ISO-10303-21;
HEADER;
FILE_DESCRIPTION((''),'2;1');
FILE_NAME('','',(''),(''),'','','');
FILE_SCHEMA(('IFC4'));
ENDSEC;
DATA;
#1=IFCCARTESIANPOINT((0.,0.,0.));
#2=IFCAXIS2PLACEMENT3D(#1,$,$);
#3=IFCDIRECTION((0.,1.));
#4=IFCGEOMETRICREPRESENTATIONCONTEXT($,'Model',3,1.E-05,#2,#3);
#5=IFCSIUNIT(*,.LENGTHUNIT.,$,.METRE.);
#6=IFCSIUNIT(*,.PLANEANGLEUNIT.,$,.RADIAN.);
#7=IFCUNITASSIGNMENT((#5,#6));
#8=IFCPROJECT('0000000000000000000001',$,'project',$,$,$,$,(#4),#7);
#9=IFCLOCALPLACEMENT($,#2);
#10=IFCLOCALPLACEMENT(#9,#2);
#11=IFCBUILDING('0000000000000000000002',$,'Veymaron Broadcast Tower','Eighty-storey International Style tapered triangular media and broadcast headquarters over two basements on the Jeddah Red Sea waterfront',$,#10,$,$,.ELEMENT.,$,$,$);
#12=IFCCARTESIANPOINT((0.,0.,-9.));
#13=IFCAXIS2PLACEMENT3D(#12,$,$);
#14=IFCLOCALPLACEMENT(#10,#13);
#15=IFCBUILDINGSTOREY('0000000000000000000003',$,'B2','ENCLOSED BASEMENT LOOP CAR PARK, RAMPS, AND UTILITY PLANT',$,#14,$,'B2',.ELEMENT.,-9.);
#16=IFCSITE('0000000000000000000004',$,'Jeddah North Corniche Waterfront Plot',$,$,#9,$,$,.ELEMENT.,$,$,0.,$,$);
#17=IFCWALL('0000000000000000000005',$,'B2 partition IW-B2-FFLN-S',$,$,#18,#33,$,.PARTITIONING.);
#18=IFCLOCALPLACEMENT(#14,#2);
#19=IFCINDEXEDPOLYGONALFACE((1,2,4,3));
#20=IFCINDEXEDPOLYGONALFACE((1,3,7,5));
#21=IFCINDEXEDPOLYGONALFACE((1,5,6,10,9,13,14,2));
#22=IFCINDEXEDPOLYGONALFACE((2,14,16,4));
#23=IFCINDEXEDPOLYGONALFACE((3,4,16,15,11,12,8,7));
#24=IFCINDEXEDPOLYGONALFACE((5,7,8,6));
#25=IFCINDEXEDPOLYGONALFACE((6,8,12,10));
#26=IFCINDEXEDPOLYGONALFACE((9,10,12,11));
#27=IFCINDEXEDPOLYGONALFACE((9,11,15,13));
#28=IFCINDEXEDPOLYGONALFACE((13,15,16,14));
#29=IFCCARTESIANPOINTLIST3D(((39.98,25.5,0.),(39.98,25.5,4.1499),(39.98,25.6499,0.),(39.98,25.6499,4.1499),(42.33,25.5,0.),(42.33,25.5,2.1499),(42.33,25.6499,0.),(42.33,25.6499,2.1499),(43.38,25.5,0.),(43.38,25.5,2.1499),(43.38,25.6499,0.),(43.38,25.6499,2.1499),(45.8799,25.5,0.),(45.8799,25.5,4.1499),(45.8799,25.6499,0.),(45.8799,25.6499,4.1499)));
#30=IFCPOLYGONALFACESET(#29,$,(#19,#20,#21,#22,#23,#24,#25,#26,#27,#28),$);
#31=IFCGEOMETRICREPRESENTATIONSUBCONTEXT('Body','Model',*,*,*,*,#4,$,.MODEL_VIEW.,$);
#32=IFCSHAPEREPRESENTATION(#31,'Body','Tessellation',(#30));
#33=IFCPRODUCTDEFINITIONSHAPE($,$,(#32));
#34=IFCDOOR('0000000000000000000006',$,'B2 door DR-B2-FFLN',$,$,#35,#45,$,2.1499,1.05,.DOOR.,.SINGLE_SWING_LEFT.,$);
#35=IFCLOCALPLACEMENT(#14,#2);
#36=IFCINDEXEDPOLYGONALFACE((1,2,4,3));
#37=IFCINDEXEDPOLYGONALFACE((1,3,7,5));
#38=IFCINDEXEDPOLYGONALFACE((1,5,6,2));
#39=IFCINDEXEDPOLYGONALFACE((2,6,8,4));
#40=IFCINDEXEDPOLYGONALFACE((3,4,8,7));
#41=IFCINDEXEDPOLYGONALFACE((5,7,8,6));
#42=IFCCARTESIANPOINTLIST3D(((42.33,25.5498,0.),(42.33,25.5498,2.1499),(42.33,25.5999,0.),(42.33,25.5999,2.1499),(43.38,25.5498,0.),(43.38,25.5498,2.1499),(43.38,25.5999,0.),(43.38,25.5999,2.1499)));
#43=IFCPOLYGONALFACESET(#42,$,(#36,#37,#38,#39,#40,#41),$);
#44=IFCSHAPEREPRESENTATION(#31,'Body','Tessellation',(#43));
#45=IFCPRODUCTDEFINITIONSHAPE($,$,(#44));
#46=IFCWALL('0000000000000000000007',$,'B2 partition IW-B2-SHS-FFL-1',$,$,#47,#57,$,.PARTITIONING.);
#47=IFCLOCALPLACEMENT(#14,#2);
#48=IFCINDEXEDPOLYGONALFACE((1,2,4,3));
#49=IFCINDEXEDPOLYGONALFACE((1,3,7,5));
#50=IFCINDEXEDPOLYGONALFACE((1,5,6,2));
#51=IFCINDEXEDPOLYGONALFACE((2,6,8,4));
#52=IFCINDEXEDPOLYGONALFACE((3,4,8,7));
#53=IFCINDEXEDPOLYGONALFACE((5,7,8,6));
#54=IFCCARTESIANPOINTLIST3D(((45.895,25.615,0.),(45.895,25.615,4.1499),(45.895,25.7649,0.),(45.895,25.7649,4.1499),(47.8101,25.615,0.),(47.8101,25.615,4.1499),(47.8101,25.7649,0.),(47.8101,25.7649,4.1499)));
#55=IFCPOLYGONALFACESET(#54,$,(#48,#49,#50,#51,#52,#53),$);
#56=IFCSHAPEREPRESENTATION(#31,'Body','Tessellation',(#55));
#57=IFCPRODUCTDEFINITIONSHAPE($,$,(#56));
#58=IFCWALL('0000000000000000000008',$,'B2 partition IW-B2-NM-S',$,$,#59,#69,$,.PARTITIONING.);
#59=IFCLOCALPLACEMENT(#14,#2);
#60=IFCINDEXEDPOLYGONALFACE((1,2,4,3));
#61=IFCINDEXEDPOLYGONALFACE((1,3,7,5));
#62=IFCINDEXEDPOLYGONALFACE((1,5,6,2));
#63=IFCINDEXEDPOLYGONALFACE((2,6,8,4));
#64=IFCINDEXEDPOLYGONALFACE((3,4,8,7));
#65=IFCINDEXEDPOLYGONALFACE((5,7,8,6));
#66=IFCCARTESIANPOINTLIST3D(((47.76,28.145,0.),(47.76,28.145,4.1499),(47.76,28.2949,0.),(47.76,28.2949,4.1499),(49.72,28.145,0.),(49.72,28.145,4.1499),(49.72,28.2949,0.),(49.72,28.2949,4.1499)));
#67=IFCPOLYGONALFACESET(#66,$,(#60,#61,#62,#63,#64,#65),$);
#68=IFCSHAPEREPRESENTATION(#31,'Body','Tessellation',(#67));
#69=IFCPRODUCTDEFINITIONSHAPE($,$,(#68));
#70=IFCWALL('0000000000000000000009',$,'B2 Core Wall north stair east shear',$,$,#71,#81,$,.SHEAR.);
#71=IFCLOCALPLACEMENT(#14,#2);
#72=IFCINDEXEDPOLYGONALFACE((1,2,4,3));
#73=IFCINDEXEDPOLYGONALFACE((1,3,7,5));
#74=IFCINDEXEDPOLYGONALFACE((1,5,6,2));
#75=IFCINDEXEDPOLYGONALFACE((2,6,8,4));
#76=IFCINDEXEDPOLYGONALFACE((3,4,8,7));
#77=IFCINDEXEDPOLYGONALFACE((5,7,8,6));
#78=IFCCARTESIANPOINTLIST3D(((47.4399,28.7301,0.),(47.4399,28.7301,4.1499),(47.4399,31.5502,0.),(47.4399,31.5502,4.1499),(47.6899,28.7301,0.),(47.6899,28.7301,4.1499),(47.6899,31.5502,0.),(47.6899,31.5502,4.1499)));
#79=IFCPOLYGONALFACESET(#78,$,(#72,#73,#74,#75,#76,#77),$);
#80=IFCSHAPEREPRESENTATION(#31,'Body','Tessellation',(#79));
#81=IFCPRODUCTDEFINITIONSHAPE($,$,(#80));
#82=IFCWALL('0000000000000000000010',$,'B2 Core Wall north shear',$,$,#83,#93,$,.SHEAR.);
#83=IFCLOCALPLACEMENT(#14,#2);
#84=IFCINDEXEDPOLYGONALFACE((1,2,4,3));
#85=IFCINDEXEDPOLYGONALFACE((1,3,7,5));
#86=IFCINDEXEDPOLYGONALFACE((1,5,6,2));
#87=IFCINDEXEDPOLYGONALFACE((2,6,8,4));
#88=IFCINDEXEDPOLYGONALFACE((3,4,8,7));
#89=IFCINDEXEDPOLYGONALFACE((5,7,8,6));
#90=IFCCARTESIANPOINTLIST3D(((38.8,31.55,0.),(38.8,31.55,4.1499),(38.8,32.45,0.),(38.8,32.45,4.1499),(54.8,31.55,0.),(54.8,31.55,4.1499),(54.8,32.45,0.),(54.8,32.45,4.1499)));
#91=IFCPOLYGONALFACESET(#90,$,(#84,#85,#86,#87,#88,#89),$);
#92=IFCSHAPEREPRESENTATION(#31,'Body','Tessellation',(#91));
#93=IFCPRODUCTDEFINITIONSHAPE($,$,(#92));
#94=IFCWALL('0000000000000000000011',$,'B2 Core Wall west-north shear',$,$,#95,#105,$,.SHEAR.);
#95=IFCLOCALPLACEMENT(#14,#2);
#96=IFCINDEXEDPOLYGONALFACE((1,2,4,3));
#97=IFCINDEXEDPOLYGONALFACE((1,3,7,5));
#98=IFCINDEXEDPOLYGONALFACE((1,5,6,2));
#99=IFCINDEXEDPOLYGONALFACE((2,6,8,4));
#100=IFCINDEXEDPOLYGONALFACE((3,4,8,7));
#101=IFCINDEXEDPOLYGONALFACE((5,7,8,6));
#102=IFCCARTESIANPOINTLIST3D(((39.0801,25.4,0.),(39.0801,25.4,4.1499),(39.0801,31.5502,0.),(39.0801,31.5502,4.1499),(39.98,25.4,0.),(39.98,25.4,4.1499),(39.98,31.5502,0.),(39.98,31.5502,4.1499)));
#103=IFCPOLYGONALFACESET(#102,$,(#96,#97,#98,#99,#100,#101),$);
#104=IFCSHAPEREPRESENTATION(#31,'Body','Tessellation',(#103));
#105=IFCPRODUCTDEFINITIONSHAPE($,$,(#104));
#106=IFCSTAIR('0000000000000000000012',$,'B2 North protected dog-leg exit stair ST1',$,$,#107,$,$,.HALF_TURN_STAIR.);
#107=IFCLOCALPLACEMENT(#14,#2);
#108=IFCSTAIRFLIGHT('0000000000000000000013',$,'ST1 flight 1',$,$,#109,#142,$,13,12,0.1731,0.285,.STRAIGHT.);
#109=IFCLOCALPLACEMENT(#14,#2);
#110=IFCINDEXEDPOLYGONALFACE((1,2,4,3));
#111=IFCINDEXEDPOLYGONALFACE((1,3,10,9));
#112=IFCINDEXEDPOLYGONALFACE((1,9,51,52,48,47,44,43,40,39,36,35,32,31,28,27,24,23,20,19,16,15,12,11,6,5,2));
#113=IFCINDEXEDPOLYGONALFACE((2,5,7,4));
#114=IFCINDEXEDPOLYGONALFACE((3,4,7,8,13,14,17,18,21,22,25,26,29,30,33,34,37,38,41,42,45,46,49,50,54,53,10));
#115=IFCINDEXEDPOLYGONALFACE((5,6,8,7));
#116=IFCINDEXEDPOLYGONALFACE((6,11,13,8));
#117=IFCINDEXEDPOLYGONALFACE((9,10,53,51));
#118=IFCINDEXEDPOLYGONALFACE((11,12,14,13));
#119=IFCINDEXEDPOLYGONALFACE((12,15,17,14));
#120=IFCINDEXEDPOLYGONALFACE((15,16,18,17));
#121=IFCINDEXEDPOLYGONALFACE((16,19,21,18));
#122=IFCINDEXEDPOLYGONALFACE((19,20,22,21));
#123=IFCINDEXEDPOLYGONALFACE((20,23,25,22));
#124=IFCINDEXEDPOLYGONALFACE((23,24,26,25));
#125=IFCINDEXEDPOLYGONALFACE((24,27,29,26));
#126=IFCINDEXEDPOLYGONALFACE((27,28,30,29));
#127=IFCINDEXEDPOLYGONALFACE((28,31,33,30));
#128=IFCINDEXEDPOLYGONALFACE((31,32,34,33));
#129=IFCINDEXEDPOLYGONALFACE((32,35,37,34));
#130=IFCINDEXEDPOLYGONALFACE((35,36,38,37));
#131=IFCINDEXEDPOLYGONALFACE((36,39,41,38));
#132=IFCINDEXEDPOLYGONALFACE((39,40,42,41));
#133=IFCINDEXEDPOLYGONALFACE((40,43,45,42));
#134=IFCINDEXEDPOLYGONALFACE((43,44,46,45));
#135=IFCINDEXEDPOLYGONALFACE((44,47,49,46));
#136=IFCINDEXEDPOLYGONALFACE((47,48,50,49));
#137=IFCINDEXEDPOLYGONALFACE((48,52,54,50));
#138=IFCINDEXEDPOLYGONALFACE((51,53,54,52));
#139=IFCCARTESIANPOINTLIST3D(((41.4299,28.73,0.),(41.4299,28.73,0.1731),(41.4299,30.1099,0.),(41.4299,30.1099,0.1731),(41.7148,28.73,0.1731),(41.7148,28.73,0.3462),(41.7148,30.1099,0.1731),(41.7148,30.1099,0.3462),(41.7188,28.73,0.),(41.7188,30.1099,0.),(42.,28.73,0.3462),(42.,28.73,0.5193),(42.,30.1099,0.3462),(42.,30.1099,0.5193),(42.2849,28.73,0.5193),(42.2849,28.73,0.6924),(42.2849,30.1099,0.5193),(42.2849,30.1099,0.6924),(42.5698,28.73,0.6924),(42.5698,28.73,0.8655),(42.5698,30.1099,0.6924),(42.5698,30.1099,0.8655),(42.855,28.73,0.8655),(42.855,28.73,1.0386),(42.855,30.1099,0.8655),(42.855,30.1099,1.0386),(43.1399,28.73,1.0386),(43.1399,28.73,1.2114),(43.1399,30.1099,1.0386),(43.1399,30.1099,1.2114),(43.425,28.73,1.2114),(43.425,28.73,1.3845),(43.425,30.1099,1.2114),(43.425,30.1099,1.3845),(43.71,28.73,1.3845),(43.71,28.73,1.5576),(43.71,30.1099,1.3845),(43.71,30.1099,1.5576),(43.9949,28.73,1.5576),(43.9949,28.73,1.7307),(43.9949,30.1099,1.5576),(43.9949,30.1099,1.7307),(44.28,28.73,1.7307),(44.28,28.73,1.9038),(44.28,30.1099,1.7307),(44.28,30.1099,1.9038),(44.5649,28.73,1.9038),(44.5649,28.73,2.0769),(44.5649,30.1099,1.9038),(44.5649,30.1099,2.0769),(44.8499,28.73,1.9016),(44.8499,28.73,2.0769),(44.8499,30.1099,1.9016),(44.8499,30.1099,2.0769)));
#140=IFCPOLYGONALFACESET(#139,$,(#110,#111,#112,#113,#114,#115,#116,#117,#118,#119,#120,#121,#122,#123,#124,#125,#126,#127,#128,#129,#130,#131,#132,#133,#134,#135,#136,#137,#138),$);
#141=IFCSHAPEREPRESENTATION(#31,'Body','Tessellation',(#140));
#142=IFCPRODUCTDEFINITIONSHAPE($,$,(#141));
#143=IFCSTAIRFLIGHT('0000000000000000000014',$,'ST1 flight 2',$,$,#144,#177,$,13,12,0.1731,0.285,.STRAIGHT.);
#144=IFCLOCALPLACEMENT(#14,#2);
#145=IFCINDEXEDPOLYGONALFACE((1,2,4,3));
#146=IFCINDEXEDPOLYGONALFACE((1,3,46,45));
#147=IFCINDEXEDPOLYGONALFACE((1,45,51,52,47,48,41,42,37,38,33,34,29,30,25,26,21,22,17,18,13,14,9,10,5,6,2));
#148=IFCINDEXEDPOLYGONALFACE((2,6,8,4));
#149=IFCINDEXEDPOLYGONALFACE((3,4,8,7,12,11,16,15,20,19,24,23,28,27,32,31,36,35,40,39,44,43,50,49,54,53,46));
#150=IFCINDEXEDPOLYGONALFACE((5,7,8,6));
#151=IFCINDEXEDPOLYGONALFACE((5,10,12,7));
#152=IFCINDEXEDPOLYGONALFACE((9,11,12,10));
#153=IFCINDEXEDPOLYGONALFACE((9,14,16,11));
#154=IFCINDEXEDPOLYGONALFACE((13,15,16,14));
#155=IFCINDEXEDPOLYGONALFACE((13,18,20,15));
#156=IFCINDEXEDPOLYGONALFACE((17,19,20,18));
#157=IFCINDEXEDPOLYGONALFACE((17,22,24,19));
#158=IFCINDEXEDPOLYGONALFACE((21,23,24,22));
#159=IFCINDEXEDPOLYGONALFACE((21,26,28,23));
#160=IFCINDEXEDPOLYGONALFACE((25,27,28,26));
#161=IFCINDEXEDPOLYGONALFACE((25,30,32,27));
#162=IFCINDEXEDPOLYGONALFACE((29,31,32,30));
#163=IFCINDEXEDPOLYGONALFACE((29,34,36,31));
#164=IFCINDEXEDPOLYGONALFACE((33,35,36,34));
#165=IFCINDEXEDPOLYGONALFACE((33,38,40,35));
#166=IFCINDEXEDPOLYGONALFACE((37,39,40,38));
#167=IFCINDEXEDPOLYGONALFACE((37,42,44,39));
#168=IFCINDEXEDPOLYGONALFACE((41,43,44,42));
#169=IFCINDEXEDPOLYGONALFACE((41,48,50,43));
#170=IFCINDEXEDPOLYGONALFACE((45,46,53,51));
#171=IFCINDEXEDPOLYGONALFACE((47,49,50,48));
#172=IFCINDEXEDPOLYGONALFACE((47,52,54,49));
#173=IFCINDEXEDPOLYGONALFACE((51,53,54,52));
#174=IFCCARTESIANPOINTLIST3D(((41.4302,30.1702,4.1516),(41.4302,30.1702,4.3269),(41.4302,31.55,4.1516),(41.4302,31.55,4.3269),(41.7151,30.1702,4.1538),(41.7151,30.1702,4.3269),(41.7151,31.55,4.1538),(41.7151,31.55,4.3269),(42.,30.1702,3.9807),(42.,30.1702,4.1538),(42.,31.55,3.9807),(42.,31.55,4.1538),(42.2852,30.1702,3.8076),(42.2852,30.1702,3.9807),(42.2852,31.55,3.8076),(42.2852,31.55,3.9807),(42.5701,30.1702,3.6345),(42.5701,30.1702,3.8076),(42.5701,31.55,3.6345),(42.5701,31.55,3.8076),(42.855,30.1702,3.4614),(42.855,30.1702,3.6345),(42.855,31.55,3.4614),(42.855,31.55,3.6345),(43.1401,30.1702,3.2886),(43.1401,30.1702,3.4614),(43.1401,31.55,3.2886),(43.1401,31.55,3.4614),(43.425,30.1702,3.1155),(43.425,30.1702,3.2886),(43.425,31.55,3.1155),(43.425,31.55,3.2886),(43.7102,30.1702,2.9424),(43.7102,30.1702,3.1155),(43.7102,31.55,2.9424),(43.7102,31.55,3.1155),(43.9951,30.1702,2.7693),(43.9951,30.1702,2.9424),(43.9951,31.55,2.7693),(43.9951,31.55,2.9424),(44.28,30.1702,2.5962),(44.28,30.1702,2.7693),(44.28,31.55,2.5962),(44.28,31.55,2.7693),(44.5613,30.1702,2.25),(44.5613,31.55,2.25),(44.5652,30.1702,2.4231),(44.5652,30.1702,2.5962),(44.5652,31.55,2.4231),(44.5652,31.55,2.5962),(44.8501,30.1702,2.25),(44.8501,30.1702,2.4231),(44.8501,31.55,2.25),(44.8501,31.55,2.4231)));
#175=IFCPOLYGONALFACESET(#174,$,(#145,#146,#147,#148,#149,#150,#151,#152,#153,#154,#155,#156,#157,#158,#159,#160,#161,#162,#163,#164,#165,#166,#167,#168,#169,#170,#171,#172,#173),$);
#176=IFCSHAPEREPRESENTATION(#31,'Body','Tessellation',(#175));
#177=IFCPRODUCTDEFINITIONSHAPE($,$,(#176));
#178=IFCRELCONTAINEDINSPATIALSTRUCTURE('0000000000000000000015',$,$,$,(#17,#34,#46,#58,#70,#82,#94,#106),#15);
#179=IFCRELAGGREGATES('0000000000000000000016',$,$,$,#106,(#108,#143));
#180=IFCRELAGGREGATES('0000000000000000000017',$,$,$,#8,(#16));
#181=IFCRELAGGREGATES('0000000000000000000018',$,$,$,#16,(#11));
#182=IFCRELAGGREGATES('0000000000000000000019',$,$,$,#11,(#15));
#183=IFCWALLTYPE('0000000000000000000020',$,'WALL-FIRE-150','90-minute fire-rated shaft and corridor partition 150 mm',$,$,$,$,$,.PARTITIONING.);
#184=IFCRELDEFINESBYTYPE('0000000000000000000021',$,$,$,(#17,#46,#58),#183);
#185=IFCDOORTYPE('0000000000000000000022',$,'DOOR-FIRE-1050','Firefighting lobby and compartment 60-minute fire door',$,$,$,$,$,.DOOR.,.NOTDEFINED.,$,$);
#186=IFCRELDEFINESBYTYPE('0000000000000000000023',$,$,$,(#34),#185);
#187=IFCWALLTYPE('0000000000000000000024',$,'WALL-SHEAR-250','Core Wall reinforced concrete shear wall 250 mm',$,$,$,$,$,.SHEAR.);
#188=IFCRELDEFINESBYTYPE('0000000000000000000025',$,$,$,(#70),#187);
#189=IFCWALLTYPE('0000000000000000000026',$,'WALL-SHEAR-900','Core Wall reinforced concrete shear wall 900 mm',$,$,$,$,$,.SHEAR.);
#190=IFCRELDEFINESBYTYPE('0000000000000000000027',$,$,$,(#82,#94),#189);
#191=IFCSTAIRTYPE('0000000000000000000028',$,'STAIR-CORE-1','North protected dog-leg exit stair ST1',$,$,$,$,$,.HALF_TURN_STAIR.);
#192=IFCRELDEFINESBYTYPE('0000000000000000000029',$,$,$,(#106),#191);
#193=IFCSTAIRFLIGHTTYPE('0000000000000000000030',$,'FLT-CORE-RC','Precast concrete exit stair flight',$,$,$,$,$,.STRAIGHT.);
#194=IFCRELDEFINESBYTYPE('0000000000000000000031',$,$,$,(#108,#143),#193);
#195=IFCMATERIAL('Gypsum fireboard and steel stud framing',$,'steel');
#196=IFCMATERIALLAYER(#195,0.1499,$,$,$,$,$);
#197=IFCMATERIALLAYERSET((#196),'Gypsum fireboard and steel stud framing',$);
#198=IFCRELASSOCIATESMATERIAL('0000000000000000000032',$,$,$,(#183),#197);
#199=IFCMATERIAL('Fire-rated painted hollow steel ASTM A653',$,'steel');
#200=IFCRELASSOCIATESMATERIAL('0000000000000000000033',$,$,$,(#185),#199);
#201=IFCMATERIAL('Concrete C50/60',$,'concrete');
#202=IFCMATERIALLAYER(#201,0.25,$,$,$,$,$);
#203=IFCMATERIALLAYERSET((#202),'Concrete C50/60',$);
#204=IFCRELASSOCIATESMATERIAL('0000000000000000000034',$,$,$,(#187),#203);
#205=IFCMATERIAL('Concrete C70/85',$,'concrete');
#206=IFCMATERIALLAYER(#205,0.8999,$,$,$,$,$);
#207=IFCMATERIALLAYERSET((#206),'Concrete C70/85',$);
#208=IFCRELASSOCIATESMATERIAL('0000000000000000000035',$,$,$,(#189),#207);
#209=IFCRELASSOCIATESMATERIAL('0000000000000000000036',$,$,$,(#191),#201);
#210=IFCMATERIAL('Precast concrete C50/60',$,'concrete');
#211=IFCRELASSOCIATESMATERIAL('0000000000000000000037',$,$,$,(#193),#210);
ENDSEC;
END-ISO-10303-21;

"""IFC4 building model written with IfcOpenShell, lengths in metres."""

from ifc_helpers import new_model, si_unit, direction, frame, frame_2d, origin, place, context, subcontext, project, spatial, polyline, rectangle, outline, extrude, material, layer, layer_set, type_object, element, fill, aggregate, save


model = new_model("IFC4")

# Units and contexts
model_context = context("Model", 3, precision=1e-05, world=origin(), true_north=direction((0.0, 1.0)))
body_context = subcontext(model_context, "Body", "Model", "MODEL_VIEW")
ifc_project = project(units=[si_unit("LENGTHUNIT", "METRE"), si_unit("PLANEANGLEUNIT", "RADIAN")], contexts=[model_context])

# Site, building, storey
site_placement = place(None, origin())
site = spatial("IfcSite", under=ifc_project, at=site_placement, Name="Jeddah North Corniche Waterfront Plot", CompositionType="ELEMENT", RefElevation=0.0)
building_placement = place(site_placement, origin())
building = spatial("IfcBuilding", under=site, at=building_placement, Name="Veymaron Broadcast Tower", Description="Eighty-storey International Style tapered triangular media and broadcast headquarters over two basements on the Jeddah Red Sea waterfront", CompositionType="ELEMENT")
storey_placement = place(building_placement, frame((0.0, 0.0, -9.0)))
storey = spatial("IfcBuildingStorey", under=building, at=storey_placement, Name="B2", Description="ENCLOSED BASEMENT LOOP CAR PARK, RAMPS, AND UTILITY PLANT", LongName="B2", CompositionType="ELEMENT", Elevation=-9.0)

# Shared definitions
ifc_material_1 = material(Name="Concrete C50/60", Category="concrete")

# Wall, opening, door
ifc_material_2 = material(Name="Gypsum fireboard and steel stud framing", Category="steel")
ifc_layer_1 = layer(ifc_material_2, 0.1499)
ifc_layer_set_1 = layer_set([ifc_layer_1], Name="Gypsum fireboard and steel stud framing")
wall_type_1 = type_object("IfcWallType", Name="WALL-FIRE-150", Description="90-minute fire-rated shaft and corridor partition 150 mm", PredefinedType="PARTITIONING", material=ifc_layer_set_1)
wall_1_placement = place(storey_placement, frame((39.98, 25.575, 0.0), z_axis=(0.0, 0.0, 1.0), x_axis=(1.0, 0.0, 0.0)))
wall_1 = element("IfcWall", 1, at=wall_1_placement, inside=storey, type_object=wall_type_1, Name="B2 partition IW-B2-FFLN-S", PredefinedType="PARTITIONING", context=body_context, shape_type="SweptSolid", body=[
    extrude(rectangle(XDim=5.8999, YDim=0.1499, at=frame_2d((2.95, 0.0))), origin(), (0.0, 0.0, 1.0), 4.1499),
])
opening_1_placement = place(wall_1_placement, frame((2.3501, 0.0, 0.0)))
opening_1 = element("IfcOpeningElement", 2, at=opening_1_placement, cuts=wall_1, PredefinedType="OPENING", context=body_context, shape_type="SweptSolid", body=[
    extrude(rectangle(XDim=1.05, YDim=2.1499, at=frame_2d((0.5249, 1.075))), frame((0.0, 0.085, 0.0), z_axis=(0.0, -1.0, 0.0), x_axis=(1.0, 0.0, 0.0)), (0.0, 0.0, 1.0), 0.1699),
])
ifc_material_3 = material(Name="Fire-rated painted hollow steel ASTM A653", Category="steel")
door_type_1 = type_object("IfcDoorType", Name="DOOR-FIRE-1050", Description="Firefighting lobby and compartment 60-minute fire door", OperationType="NOTDEFINED", PredefinedType="DOOR", material=ifc_material_3)
door_1_placement = place(opening_1_placement, origin())
door_1 = element("IfcDoor", 3, at=door_1_placement, inside=storey, type_object=door_type_1, Name="B2 door DR-B2-FFLN", OperationType="SINGLE_SWING_LEFT", OverallHeight=2.1499, OverallWidth=1.05, PredefinedType="DOOR", context=body_context, shape_type="SweptSolid", body=[
    extrude(rectangle(XDim=1.05, YDim=2.1499, at=frame_2d((0.5249, 1.075))), frame((0.0, 0.0249, 0.0), z_axis=(0.0, -1.0, 0.0), x_axis=(1.0, 0.0, 0.0)), (0.0, 0.0, 1.0), 0.05),
])
fill(opening_1, door_1)

# Walls
wall_2_placement = place(storey_placement, frame((45.895, 25.6899, 0.0), z_axis=(0.0, 0.0, 1.0), x_axis=(1.0, 0.0, 0.0)))
element("IfcWall", 4, at=wall_2_placement, inside=storey, type_object=wall_type_1, Name="B2 partition IW-B2-SHS-FFL-1", PredefinedType="PARTITIONING", context=body_context, shape_type="SweptSolid", body=[
    extrude(rectangle(XDim=1.915, YDim=0.1499, at=frame_2d((0.9575, 0.0))), origin(), (0.0, 0.0, 1.0), 4.1499),
])
wall_3_placement = place(storey_placement, frame((47.76, 28.22, 0.0), z_axis=(0.0, 0.0, 1.0), x_axis=(1.0, 0.0, 0.0)))
element("IfcWall", 5, at=wall_3_placement, inside=storey, type_object=wall_type_1, Name="B2 partition IW-B2-NM-S", PredefinedType="PARTITIONING", context=body_context, shape_type="SweptSolid", body=[
    extrude(rectangle(XDim=1.96, YDim=0.1499, at=frame_2d((0.98, 0.0))), origin(), (0.0, 0.0, 1.0), 4.1499),
])
ifc_layer_2 = layer(ifc_material_1, 0.25)
ifc_layer_set_2 = layer_set([ifc_layer_2], Name="Concrete C50/60")
wall_type_2 = type_object("IfcWallType", Name="WALL-SHEAR-250", Description="Core Wall reinforced concrete shear wall 250 mm", PredefinedType="SHEAR", material=ifc_layer_set_2)
wall_4_placement = place(storey_placement, frame((47.5649, 28.73, 0.0), z_axis=(0.0, 0.0, 1.0), x_axis=(0.0, 1.0, 0.0)))
element("IfcWall", 6, at=wall_4_placement, inside=storey, type_object=wall_type_2, Name="B2 Core Wall north stair east shear", PredefinedType="SHEAR", context=body_context, shape_type="SweptSolid", body=[
    extrude(rectangle(XDim=2.8201, YDim=0.25, at=frame_2d((1.4102, 0.0))), origin(), (0.0, 0.0, 1.0), 4.1499),
])

# Walls
ifc_material_4 = material(Name="Concrete C70/85", Category="concrete")
ifc_layer_3 = layer(ifc_material_4, 0.8999)
ifc_layer_set_3 = layer_set([ifc_layer_3], Name="Concrete C70/85")
wall_type_3 = type_object("IfcWallType", Name="WALL-SHEAR-900", Description="Core Wall reinforced concrete shear wall 900 mm", PredefinedType="SHEAR", material=ifc_layer_set_3)
wall_5_placement = place(storey_placement, frame((38.8, 32.0, 0.0), z_axis=(0.0, 0.0, 1.0), x_axis=(1.0, 0.0, 0.0)))
element("IfcWall", 7, at=wall_5_placement, inside=storey, type_object=wall_type_3, Name="B2 Core Wall north shear", PredefinedType="SHEAR", context=body_context, shape_type="SweptSolid", body=[
    extrude(rectangle(XDim=16.0, YDim=0.8999, at=frame_2d((8.0, 0.0))), origin(), (0.0, 0.0, 1.0), 4.1499),
])
wall_6_placement = place(storey_placement, frame((39.53, 25.3999, 0.0), z_axis=(0.0, 0.0, 1.0), x_axis=(0.0, 1.0, 0.0)))
element("IfcWall", 8, at=wall_6_placement, inside=storey, type_object=wall_type_3, Name="B2 Core Wall west-north shear", PredefinedType="SHEAR", context=body_context, shape_type="SweptSolid", body=[
    extrude(rectangle(XDim=6.1501, YDim=0.8999, at=frame_2d((3.0752, 0.0))), origin(), (0.0, 0.0, 1.0), 4.1499),
])

# Stair, stair flights
stair_type = type_object("IfcStairType", Name="STAIR-CORE-1", Description="North protected dog-leg exit stair ST1", PredefinedType="HALF_TURN_STAIR", material=ifc_material_1)
stair_placement = place(storey_placement, origin())
stair = element("IfcStair", 9, at=stair_placement, inside=storey, type_object=stair_type, Name="B2 North protected dog-leg exit stair ST1", PredefinedType="HALF_TURN_STAIR")
ifc_material_5 = material(Name="Precast concrete C50/60", Category="concrete")
stair_flight_type = type_object("IfcStairFlightType", Name="FLT-CORE-RC", Description="Precast concrete exit stair flight", PredefinedType="STRAIGHT", material=ifc_material_5)
stair_flight_1_placement = place(storey_placement, frame((41.4299, 29.4199, 0.0), z_axis=(0.0, 0.0, 1.0), x_axis=(1.0, 0.0, 0.0)))
stair_flight_1 = element("IfcStairFlight", 10, at=stair_flight_1_placement, type_object=stair_flight_type, Name="ST1 flight 1", NumberOfRisers=13, NumberOfTreads=12, PredefinedType="STRAIGHT", RiserHeight=0.1731, TreadLength=0.285, context=body_context, shape_type="SweptSolid", body=[
    extrude(outline(polyline([(0.0, 0.0), (0.0, 0.1731), (0.2849, 0.1731), (0.2849, 0.3462), (0.5701, 0.3462), (0.5701, 0.5193), (0.855, 0.5193), (0.855, 0.6924), (1.1399, 0.6924), (1.1399, 0.8655), (1.425, 0.8655), (1.425, 1.0386), (1.71, 1.0386), (1.71, 1.2114), (1.9951, 1.2114), (1.9951, 1.3845), (2.28, 1.3845), (2.28, 1.5576), (2.5649, 1.5576), (2.5649, 1.7307), (2.8501, 1.7307), (2.8501, 1.9038), (3.135, 1.9038), (3.135, 2.0769), (3.4199, 2.0769), (3.4199, 2.25), (3.4199, 1.9016), (0.2888, 0.0), (0.0, 0.0)])), frame((0.0, 0.6899, 0.0), z_axis=(0.0, -1.0, 0.0), x_axis=(1.0, 0.0, 0.0)), (0.0, 0.0, 1.0), 1.3799),
])
stair_flight_2_placement = place(storey_placement, frame((44.8501, 30.8601, 2.25), z_axis=(0.0, 0.0, 1.0), x_axis=(-1.0, 0.0, 0.0)))
stair_flight_2 = element("IfcStairFlight", 11, at=stair_flight_2_placement, type_object=stair_flight_type, Name="ST1 flight 2", NumberOfRisers=13, NumberOfTreads=12, PredefinedType="STRAIGHT", RiserHeight=0.1731, TreadLength=0.285, context=body_context, shape_type="SweptSolid", body=[
    extrude(outline(polyline([(0.0, 0.0), (0.0, 0.1731), (0.2849, 0.1731), (0.2849, 0.3462), (0.5701, 0.3462), (0.5701, 0.5193), (0.855, 0.5193), (0.855, 0.6924), (1.1399, 0.6924), (1.1399, 0.8655), (1.425, 0.8655), (1.425, 1.0386), (1.71, 1.0386), (1.71, 1.2114), (1.9951, 1.2114), (1.9951, 1.3845), (2.28, 1.3845), (2.28, 1.5576), (2.5649, 1.5576), (2.5649, 1.7307), (2.8501, 1.7307), (2.8501, 1.9038), (3.135, 1.9038), (3.135, 2.0769), (3.4199, 2.0769), (3.4199, 2.25), (3.4199, 1.9016), (0.2888, 0.0), (0.0, 0.0)])), frame((0.0, 0.6899, 0.0), z_axis=(0.0, -1.0, 0.0), x_axis=(1.0, 0.0, 0.0)), (0.0, 0.0, 1.0), 1.3799),
])
aggregate(stair, [stair_flight_1, stair_flight_2])

save(model, "model.ifc")
